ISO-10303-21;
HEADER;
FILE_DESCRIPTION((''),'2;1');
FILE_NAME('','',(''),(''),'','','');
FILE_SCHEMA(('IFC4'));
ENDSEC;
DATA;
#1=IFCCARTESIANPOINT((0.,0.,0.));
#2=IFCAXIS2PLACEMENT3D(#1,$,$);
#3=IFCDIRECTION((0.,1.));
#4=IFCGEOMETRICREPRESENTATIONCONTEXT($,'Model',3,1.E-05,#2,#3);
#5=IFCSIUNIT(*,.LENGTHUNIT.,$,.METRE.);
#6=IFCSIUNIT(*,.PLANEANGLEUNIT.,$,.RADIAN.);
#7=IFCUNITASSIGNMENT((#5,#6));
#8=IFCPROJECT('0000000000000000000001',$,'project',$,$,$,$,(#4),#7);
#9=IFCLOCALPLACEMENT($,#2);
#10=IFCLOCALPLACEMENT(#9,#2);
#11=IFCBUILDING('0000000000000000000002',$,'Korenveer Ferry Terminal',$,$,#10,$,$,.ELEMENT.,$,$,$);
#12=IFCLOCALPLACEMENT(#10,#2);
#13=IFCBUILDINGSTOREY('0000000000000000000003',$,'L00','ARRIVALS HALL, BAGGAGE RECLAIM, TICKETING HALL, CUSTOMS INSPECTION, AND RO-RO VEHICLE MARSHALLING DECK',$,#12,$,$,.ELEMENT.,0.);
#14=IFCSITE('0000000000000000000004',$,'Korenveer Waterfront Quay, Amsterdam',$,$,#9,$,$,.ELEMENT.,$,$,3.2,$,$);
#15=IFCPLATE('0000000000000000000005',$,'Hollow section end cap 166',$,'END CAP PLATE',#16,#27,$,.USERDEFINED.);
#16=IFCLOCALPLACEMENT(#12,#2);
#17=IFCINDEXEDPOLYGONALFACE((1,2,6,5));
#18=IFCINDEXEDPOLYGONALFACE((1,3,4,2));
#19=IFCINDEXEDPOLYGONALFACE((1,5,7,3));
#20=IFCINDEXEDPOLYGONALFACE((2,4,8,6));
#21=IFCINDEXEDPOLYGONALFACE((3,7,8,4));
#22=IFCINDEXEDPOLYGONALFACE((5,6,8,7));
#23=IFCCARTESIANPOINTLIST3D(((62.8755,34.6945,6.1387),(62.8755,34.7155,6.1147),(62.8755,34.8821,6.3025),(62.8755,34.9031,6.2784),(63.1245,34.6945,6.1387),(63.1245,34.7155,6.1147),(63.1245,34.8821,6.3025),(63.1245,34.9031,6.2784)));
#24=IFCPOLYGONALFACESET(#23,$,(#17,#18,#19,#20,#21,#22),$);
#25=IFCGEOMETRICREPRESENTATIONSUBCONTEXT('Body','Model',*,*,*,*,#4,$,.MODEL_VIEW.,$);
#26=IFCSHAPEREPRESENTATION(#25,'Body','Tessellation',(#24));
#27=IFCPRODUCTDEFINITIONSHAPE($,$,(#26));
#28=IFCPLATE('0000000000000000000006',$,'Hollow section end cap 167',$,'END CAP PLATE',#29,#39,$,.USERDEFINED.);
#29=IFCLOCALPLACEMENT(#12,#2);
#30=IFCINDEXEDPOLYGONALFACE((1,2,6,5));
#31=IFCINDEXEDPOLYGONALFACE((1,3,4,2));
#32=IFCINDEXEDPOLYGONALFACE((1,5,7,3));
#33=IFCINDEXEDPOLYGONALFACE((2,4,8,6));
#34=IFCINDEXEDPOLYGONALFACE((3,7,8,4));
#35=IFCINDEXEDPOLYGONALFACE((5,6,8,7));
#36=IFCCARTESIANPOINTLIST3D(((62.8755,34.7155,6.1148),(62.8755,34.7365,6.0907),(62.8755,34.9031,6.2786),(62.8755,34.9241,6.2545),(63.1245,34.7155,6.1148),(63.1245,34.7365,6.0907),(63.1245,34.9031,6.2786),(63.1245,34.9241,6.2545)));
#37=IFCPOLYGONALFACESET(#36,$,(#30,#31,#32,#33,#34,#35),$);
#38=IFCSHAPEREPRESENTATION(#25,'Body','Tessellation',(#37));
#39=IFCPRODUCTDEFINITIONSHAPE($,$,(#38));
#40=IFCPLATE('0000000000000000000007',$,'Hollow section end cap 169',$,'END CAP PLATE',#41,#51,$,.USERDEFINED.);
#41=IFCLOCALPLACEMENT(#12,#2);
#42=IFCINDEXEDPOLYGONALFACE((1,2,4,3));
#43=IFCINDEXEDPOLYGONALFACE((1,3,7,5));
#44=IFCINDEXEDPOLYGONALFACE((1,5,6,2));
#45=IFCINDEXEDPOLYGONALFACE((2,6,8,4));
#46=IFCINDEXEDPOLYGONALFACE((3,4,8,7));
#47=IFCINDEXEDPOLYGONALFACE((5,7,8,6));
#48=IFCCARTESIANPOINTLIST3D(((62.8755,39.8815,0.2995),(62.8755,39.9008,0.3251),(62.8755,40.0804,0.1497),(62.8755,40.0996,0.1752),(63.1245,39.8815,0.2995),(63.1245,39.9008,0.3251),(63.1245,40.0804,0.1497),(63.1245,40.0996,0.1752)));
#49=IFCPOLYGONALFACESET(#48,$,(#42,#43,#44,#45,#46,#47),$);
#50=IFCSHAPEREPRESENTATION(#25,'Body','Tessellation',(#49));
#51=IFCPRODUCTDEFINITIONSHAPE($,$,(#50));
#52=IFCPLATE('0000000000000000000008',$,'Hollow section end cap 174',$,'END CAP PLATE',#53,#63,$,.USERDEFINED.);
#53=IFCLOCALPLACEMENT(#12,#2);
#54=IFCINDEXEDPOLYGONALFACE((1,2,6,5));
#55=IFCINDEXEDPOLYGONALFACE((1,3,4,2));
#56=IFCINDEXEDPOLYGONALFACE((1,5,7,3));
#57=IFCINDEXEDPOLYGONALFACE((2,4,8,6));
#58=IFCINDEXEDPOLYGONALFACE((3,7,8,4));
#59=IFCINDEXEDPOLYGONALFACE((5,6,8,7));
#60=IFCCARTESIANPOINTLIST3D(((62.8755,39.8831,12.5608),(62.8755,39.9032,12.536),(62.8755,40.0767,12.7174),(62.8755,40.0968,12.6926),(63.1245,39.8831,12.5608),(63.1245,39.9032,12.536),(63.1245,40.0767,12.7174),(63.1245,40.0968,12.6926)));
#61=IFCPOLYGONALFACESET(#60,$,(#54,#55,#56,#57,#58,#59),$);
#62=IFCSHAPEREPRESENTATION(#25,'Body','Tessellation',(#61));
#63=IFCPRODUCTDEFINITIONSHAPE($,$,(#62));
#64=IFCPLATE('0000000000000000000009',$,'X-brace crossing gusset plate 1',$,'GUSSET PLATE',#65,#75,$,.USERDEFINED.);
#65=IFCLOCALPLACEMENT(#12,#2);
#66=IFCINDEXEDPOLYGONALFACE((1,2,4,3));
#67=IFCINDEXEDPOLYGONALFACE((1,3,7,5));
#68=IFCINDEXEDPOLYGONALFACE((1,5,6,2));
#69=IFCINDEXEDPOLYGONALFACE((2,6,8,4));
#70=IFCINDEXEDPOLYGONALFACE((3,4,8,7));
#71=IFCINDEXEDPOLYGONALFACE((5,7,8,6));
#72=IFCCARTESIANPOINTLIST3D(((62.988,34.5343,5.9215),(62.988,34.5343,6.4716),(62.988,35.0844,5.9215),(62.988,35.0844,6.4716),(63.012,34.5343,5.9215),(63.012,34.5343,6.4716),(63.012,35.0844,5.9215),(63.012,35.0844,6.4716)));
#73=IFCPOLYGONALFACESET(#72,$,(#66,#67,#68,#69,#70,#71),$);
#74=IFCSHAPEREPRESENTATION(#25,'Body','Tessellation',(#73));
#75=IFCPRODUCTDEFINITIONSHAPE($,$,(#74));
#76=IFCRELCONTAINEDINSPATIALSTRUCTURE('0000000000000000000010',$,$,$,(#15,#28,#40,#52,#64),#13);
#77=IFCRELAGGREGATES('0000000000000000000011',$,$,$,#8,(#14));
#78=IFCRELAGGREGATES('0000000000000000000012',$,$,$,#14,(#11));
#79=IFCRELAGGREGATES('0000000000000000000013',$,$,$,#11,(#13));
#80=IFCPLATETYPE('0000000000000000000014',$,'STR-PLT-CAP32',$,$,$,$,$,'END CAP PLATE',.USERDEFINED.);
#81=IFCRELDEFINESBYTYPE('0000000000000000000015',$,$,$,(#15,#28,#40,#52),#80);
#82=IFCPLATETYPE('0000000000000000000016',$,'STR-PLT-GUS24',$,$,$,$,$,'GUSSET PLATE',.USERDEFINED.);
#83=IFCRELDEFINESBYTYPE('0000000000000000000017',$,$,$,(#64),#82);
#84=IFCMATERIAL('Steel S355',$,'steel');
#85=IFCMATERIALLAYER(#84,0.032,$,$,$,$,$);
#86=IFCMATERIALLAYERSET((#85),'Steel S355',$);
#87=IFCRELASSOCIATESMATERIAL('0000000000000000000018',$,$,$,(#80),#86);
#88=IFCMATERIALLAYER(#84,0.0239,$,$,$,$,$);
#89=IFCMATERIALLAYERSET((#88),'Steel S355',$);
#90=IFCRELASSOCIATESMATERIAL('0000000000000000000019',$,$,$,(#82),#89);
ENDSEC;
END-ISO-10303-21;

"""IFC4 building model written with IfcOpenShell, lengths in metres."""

from ifc_helpers import new_model, si_unit, direction, frame, origin, origin_2d, place, context, subcontext, project, spatial, rectangle, extrude, material, layer, layer_set, type_object, element, save


model = new_model("IFC4")

# Units and contexts
model_context = context("Model", 3, precision=1e-05, world=origin(), true_north=direction((0.0, 1.0)))
body_context = subcontext(model_context, "Body", "Model", "MODEL_VIEW")
ifc_project = project(units=[si_unit("LENGTHUNIT", "METRE"), si_unit("PLANEANGLEUNIT", "RADIAN")], contexts=[model_context])

# Site, building, storey
site_placement = place(None, origin())
site = spatial("IfcSite", under=ifc_project, at=site_placement, Name="Korenveer Waterfront Quay, Amsterdam", CompositionType="ELEMENT", RefElevation=3.2)
building_placement = place(site_placement, origin())
building = spatial("IfcBuilding", under=site, at=building_placement, Name="Korenveer Ferry Terminal", CompositionType="ELEMENT")
storey_placement = place(building_placement, origin())
storey = spatial("IfcBuildingStorey", under=building, at=storey_placement, Name="L00", Description="ARRIVALS HALL, BAGGAGE RECLAIM, TICKETING HALL, CUSTOMS INSPECTION, AND RO-RO VEHICLE MARSHALLING DECK", CompositionType="ELEMENT", Elevation=0.0)

# Shared definitions
ifc_material_1 = material(Name="Steel S355", Category="steel")

# Plates
ifc_layer_1 = layer(ifc_material_1, 0.032)
ifc_layer_set_1 = layer_set([ifc_layer_1], Name="Steel S355")
plate_type_1 = type_object("IfcPlateType", Name="STR-PLT-CAP32", ElementType="END CAP PLATE", PredefinedType="USERDEFINED", material=ifc_layer_set_1)
for number, where, z_axis, x_axis, name in (
    (1, (63.0, 34.8093, 6.1965), (0.0, -0.657599, 0.753368), (1.0, 0.0, 0.0), "Hollow section end cap 166"),
    (2, (63.0, 34.8303, 6.1726), (0.0, -0.657599, 0.753368), (1.0, 0.0, 0.0), "Hollow section end cap 167"),
    (3, (63.0, 39.981, 0.2246), (0.0, 0.601761, 0.798676), (-1.0, 0.0, 0.0), "Hollow section end cap 169"),
    (4, (63.0, 40.0, 12.6143), (0.0, -0.628848, 0.777528), (1.0, 0.0, 0.0), "Hollow section end cap 174"),
):
    element("IfcPlate", number, at=place(storey_placement, frame(where, z_axis=z_axis, x_axis=x_axis)), inside=storey, type_object=plate_type_1, Name=name, ObjectType="END CAP PLATE", PredefinedType="USERDEFINED", context=body_context, shape_type="SweptSolid", body=[
        extrude(rectangle(XDim=0.249, YDim=0.249, at=origin_2d()), origin(), (0.0, 0.0, 1.0), 0.032),
    ])
ifc_layer_2 = layer(ifc_material_1, 0.0239)
ifc_layer_set_2 = layer_set([ifc_layer_2], Name="Steel S355")
plate_type_2 = type_object("IfcPlateType", Name="STR-PLT-GUS24", ElementType="GUSSET PLATE", PredefinedType="USERDEFINED", material=ifc_layer_set_2)
plate_1_placement = place(storey_placement, frame((62.988, 34.8093, 6.1965), z_axis=(1.0, 0.0, 0.0), x_axis=(0.0, 1.0, 0.0)))
element("IfcPlate", 5, at=plate_1_placement, inside=storey, type_object=plate_type_2, Name="X-brace crossing gusset plate 1", ObjectType="GUSSET PLATE", PredefinedType="USERDEFINED", context=body_context, shape_type="SweptSolid", body=[
    extrude(rectangle(XDim=0.55, YDim=0.55, at=origin_2d()), origin(), (0.0, 0.0, 1.0), 0.0239),
])

save(model, "model.ifc")
